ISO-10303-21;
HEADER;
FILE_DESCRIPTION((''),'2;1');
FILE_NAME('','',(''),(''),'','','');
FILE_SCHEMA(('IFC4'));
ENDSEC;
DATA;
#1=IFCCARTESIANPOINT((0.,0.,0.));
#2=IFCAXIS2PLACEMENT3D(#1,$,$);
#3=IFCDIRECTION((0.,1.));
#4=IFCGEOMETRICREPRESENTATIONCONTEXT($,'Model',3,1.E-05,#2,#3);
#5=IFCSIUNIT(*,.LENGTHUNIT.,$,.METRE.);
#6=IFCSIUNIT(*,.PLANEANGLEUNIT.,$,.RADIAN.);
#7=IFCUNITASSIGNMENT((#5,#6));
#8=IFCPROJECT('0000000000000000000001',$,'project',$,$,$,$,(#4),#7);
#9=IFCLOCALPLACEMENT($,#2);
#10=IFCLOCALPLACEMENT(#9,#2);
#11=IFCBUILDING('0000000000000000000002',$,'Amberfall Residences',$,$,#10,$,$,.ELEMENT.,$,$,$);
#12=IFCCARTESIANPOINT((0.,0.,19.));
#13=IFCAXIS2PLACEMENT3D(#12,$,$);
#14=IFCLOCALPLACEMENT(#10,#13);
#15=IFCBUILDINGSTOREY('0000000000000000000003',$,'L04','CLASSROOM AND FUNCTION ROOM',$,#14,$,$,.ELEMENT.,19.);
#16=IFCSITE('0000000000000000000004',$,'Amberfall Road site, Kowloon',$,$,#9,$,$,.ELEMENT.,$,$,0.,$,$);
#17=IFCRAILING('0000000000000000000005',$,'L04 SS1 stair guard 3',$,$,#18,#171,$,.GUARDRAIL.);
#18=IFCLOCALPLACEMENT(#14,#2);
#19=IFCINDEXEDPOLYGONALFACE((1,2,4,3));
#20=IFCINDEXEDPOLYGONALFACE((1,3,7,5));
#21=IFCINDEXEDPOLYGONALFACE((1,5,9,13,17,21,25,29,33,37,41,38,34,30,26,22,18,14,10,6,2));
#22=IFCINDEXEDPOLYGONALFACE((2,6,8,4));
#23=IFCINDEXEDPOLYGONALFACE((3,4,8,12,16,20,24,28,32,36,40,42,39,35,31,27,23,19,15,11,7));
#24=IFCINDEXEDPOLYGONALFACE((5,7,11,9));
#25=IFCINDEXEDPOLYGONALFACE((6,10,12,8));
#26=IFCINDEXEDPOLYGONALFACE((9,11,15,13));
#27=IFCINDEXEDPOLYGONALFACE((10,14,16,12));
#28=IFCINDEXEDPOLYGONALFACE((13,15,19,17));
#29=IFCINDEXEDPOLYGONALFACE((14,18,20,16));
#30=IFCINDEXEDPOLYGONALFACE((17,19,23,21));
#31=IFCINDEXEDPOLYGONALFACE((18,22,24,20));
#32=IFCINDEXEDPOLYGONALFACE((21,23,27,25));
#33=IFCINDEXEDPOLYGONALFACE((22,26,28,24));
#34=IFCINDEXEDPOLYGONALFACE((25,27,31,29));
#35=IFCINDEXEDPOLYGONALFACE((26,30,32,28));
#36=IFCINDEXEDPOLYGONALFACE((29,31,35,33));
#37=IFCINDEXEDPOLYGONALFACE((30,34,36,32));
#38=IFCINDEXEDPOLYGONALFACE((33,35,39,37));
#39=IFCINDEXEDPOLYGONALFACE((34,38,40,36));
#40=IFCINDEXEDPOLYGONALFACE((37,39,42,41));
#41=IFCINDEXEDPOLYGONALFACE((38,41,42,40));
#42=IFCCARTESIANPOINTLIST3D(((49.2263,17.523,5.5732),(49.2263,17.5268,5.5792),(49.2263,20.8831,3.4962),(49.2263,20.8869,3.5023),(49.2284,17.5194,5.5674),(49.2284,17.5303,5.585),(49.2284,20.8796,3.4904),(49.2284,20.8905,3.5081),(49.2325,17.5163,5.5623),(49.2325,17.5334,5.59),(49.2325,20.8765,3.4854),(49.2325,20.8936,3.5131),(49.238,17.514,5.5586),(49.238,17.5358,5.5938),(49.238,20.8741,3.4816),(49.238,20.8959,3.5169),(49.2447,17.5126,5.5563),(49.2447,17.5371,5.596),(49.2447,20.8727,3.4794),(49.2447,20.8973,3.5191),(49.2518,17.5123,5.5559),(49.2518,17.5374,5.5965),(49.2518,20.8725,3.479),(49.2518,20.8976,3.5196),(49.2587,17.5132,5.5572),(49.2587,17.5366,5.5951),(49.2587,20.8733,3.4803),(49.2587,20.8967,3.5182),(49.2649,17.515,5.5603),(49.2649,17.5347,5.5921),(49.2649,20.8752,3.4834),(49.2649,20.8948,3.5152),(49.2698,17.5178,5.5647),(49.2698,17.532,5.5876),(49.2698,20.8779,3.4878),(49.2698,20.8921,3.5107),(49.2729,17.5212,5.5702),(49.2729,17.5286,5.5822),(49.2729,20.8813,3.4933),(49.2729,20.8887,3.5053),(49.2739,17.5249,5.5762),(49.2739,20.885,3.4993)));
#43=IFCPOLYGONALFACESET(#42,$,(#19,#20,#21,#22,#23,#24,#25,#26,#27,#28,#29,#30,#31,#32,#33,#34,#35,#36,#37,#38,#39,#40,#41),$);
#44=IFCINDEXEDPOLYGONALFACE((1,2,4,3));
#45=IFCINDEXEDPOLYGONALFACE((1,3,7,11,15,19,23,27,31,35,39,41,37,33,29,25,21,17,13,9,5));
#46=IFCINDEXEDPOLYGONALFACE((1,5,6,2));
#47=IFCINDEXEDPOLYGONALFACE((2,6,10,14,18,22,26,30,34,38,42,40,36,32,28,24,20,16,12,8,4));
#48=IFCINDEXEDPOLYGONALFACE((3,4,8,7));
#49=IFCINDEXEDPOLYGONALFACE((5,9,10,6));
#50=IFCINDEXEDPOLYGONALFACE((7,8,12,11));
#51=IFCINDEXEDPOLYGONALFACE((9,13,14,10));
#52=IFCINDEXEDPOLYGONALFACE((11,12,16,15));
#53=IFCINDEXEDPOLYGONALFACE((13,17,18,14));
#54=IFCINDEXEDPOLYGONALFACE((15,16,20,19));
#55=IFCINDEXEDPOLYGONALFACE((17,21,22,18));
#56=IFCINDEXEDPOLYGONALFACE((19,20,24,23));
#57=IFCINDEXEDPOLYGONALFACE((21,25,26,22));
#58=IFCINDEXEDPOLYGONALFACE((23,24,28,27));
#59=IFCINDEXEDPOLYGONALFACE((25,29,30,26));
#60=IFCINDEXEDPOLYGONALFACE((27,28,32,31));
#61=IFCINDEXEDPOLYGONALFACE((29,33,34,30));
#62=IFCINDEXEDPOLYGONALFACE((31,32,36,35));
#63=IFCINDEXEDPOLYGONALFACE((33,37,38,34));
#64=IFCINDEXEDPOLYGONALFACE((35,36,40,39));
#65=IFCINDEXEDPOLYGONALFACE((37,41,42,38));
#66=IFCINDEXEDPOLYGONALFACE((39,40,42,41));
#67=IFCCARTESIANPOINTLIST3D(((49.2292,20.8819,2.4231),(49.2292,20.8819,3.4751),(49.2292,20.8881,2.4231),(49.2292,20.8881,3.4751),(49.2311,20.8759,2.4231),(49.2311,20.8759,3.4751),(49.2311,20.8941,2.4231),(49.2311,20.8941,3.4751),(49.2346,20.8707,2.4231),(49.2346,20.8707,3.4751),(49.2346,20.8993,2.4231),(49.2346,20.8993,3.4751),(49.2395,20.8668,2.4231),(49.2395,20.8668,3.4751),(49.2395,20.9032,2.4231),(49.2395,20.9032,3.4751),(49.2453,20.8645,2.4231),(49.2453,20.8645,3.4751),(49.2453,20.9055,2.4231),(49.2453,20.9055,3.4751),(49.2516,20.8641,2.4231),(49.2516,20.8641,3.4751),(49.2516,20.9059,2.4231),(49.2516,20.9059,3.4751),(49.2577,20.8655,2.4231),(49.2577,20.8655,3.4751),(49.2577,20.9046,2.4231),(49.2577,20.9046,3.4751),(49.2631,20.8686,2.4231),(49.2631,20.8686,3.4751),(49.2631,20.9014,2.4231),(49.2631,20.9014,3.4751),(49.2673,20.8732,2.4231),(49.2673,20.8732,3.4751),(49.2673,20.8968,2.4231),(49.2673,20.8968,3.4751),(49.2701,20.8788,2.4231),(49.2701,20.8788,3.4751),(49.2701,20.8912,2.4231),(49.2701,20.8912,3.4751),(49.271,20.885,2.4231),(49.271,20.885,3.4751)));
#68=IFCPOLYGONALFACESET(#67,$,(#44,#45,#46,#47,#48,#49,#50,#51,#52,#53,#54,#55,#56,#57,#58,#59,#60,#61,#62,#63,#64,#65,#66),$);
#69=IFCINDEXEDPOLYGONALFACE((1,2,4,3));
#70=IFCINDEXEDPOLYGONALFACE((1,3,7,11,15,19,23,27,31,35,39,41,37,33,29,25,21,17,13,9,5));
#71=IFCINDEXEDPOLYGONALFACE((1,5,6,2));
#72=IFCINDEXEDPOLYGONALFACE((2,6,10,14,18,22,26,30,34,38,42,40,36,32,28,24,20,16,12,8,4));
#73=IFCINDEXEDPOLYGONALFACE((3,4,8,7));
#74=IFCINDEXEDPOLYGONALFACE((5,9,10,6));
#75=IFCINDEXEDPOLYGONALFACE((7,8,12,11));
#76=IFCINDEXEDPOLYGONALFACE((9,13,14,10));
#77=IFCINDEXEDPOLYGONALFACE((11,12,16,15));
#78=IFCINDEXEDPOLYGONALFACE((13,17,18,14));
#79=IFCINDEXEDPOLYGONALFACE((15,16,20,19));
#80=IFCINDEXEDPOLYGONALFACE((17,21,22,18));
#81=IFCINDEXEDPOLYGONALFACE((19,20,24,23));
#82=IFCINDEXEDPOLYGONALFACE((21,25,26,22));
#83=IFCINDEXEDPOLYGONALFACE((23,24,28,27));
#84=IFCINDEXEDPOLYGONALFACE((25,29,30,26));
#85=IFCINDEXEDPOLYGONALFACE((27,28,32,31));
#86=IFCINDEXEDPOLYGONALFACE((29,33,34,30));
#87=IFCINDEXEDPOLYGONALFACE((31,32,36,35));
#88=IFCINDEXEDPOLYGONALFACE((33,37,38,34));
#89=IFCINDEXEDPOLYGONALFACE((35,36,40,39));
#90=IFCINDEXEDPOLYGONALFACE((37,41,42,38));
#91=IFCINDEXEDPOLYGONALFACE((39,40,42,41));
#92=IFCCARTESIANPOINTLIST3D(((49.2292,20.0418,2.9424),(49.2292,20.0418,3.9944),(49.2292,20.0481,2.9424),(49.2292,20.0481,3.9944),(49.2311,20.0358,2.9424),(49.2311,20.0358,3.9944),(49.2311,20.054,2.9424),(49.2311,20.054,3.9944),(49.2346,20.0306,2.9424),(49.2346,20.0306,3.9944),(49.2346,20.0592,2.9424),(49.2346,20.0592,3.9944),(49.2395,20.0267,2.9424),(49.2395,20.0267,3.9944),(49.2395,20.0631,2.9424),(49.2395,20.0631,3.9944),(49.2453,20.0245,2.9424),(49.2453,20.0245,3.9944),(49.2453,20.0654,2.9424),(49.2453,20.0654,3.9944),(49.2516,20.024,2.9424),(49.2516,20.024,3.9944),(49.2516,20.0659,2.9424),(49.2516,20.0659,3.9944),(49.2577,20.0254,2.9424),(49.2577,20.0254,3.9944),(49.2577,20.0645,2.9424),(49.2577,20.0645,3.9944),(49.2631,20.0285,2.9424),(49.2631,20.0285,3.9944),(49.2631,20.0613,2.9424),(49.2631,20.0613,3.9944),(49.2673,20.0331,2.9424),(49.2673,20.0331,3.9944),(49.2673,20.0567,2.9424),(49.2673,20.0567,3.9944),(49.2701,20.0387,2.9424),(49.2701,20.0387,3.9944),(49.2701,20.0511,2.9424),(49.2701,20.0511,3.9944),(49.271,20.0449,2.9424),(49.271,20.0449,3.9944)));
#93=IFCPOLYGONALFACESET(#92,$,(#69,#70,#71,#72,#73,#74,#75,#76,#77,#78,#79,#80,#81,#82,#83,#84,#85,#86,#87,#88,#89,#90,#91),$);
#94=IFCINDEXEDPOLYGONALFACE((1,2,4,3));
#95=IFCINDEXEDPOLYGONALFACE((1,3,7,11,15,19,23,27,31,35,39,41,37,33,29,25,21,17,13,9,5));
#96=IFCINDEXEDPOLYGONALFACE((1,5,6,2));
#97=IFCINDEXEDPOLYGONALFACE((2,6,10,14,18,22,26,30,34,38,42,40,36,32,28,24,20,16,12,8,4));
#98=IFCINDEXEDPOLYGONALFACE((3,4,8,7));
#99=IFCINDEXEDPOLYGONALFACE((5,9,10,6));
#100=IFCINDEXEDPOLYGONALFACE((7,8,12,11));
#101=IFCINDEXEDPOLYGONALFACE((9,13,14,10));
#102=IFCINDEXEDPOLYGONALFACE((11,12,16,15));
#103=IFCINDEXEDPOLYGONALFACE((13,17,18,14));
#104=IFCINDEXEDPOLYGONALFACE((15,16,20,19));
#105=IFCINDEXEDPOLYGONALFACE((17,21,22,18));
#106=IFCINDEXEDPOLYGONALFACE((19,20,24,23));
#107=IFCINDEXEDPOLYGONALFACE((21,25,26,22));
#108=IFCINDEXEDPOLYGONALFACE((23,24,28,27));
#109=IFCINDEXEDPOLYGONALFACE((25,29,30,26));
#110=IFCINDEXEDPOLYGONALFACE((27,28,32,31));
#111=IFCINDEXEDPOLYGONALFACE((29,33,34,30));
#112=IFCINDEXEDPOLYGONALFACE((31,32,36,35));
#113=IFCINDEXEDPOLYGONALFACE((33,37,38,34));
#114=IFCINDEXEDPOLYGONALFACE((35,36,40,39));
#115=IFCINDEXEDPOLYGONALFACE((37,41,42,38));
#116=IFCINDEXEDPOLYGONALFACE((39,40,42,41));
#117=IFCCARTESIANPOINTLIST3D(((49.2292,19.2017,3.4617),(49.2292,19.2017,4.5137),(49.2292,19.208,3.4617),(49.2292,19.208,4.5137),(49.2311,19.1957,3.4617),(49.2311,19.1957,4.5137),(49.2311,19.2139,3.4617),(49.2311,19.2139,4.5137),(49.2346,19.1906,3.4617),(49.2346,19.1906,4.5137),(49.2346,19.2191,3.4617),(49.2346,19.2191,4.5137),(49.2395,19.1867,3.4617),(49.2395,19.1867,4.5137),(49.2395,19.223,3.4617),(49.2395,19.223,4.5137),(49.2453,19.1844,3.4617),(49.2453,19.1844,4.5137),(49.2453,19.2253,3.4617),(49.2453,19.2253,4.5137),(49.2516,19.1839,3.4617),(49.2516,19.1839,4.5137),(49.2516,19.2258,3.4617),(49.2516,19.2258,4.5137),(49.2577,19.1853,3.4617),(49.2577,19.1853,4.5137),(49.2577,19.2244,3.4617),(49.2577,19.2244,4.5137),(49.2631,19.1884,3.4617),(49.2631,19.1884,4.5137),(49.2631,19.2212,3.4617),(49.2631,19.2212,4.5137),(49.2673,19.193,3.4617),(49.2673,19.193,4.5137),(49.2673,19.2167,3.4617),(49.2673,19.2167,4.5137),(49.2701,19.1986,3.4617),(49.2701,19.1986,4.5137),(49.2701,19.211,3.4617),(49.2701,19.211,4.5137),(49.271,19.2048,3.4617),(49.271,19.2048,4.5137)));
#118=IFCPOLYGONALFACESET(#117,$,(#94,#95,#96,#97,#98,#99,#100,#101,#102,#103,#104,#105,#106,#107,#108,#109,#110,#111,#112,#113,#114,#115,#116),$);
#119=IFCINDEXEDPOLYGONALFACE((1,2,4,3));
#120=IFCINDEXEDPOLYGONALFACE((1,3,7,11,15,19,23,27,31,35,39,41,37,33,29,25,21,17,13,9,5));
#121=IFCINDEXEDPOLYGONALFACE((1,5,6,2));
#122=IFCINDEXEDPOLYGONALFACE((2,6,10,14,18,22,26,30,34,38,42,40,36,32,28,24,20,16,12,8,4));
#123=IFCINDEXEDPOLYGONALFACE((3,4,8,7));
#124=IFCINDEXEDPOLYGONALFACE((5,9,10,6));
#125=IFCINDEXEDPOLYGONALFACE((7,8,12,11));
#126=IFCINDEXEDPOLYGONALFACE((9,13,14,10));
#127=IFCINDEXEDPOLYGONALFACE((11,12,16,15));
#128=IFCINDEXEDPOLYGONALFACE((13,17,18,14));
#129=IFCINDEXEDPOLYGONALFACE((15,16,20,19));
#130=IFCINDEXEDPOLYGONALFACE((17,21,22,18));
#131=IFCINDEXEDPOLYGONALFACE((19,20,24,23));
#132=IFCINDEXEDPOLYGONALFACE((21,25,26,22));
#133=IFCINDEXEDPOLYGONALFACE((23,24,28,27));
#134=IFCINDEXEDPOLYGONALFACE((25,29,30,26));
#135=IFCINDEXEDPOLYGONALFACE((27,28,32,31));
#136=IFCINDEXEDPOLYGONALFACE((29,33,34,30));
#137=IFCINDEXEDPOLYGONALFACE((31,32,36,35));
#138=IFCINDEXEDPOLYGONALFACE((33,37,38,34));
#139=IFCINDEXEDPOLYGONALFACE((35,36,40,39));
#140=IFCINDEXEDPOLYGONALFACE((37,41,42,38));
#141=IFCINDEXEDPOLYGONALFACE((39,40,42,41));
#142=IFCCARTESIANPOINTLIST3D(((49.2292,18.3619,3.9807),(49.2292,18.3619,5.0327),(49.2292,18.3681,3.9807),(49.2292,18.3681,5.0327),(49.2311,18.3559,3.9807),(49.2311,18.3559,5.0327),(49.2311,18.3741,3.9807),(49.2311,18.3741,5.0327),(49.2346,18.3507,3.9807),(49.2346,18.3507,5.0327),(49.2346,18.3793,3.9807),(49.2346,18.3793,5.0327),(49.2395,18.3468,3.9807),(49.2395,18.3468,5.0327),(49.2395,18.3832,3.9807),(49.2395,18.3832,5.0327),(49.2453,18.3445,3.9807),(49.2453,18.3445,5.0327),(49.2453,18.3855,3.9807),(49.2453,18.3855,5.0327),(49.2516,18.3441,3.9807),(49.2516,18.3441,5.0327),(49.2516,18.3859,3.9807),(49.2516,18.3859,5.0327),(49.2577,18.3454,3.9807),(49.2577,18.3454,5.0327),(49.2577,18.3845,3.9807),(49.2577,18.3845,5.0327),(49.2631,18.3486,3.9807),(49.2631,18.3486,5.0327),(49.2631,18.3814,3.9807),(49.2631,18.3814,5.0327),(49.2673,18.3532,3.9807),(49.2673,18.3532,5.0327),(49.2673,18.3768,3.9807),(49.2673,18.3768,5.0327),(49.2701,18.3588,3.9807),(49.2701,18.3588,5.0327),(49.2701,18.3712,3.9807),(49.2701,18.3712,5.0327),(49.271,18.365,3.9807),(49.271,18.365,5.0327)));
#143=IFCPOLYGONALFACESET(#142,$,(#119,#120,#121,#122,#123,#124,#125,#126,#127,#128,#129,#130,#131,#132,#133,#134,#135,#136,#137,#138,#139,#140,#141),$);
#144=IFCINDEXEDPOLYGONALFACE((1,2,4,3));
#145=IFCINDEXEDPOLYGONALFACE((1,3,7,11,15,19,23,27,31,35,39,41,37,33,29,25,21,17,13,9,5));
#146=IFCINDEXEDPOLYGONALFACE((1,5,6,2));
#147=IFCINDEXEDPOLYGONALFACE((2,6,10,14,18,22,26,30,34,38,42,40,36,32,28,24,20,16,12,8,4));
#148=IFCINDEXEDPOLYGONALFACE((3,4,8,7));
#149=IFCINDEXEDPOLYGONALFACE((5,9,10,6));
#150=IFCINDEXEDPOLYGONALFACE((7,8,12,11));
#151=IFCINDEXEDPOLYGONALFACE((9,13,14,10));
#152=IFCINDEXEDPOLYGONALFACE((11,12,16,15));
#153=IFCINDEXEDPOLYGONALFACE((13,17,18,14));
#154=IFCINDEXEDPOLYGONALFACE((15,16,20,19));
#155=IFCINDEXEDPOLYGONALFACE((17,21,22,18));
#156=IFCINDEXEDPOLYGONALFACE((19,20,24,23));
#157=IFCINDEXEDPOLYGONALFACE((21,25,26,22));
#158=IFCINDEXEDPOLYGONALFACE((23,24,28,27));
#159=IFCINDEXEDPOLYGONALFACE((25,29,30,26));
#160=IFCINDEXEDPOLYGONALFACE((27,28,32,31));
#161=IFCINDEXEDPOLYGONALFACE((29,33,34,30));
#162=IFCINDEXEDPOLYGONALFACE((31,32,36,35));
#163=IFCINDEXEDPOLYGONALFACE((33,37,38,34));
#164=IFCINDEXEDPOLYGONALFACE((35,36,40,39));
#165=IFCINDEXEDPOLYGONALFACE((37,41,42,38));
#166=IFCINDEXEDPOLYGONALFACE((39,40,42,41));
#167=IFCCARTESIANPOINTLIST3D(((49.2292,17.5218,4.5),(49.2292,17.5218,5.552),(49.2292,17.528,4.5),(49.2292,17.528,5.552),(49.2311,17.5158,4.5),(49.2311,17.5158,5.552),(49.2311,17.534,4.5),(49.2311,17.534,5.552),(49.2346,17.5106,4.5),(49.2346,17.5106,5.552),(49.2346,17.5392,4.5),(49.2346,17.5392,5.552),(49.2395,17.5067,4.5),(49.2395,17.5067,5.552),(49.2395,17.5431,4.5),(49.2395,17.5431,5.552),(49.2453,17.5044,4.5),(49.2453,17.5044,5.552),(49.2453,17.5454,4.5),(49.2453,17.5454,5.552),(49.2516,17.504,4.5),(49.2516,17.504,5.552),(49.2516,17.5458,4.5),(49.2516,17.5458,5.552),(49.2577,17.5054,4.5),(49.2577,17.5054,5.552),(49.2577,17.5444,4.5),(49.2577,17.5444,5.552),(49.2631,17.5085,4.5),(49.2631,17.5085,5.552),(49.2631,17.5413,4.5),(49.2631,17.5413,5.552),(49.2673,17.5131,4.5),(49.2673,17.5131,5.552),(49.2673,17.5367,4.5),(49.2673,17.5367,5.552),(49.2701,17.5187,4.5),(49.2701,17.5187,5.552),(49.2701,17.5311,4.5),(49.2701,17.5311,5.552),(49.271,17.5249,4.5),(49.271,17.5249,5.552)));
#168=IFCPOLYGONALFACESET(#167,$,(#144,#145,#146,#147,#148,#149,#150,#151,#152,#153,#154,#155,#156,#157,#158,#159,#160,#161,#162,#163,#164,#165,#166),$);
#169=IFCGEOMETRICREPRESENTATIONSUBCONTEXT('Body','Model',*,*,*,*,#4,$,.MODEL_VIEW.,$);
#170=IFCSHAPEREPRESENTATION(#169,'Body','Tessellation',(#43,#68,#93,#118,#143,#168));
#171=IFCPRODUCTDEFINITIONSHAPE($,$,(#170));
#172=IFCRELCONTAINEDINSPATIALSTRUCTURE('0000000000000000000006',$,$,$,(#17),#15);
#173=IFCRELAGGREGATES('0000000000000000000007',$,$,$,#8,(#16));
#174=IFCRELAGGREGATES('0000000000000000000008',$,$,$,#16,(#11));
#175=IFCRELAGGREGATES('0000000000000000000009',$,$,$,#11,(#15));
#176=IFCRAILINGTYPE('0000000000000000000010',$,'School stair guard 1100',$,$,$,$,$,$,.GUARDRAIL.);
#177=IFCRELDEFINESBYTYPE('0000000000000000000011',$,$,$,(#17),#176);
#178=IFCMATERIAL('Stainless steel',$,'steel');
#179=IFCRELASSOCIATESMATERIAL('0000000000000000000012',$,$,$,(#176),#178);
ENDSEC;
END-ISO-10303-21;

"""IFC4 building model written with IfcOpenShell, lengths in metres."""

from ifc_helpers import new_model, si_unit, direction, frame, origin, origin_2d, place, context, subcontext, project, spatial, circle, extrude, material, type_object, element, save


model = new_model("IFC4")

# Units and contexts
model_context = context("Model", 3, precision=1e-05, world=origin(), true_north=direction((0.0, 1.0)))
body_context = subcontext(model_context, "Body", "Model", "MODEL_VIEW")
ifc_project = project(units=[si_unit("LENGTHUNIT", "METRE"), si_unit("PLANEANGLEUNIT", "RADIAN")], contexts=[model_context])

# Site, building, storey
site_placement = place(None, origin())
site = spatial("IfcSite", under=ifc_project, at=site_placement, Name="Amberfall Road site, Kowloon", CompositionType="ELEMENT", RefElevation=0.0)
building_placement = place(site_placement, origin())
building = spatial("IfcBuilding", under=site, at=building_placement, Name="Amberfall Residences", CompositionType="ELEMENT")
storey_placement = place(building_placement, frame((0.0, 0.0, 19.0)))
storey = spatial("IfcBuildingStorey", under=building, at=storey_placement, Name="L04", Description="CLASSROOM AND FUNCTION ROOM", CompositionType="ELEMENT", Elevation=19.0)

# Railing
ifc_material_1 = material(Name="Stainless steel", Category="steel")
railing_type_1 = type_object("IfcRailingType", Name="School stair guard 1100", PredefinedType="GUARDRAIL", material=ifc_material_1)
railing_1_placement = place(storey_placement, frame((49.25, 20.885, 2.4231)))
element("IfcRailing", 1, at=railing_1_placement, inside=storey, type_object=railing_type_1, Name="L04 SS1 stair guard 3", PredefinedType="GUARDRAIL", context=body_context, shape_type="SweptSolid", body=[
    extrude(circle(Radius=0.0239, at=origin_2d()), frame((0.0, 0.0, 1.0762), z_axis=(0.0, -0.850623, 0.525776), x_axis=(1.0, 0.0, 0.0)), (0.0, 0.0, 1.0), 3.9502),
    extrude(circle(Radius=0.021, at=origin_2d()), origin(), (0.0, 0.0, 1.0), 1.052),
    extrude(circle(Radius=0.021, at=origin_2d()), frame((0.0, -0.8401, 0.5193)), (0.0, 0.0, 1.0), 1.052),
    extrude(circle(Radius=0.021, at=origin_2d()), frame((0.0, -1.6802, 1.0386)), (0.0, 0.0, 1.0), 1.052),
    extrude(circle(Radius=0.021, at=origin_2d()), frame((0.0, -2.52, 1.5576)), (0.0, 0.0, 1.0), 1.052),
    extrude(circle(Radius=0.021, at=origin_2d()), frame((0.0, -3.3601, 2.0769)), (0.0, 0.0, 1.0), 1.052),
])

save(model, "model.ifc")
